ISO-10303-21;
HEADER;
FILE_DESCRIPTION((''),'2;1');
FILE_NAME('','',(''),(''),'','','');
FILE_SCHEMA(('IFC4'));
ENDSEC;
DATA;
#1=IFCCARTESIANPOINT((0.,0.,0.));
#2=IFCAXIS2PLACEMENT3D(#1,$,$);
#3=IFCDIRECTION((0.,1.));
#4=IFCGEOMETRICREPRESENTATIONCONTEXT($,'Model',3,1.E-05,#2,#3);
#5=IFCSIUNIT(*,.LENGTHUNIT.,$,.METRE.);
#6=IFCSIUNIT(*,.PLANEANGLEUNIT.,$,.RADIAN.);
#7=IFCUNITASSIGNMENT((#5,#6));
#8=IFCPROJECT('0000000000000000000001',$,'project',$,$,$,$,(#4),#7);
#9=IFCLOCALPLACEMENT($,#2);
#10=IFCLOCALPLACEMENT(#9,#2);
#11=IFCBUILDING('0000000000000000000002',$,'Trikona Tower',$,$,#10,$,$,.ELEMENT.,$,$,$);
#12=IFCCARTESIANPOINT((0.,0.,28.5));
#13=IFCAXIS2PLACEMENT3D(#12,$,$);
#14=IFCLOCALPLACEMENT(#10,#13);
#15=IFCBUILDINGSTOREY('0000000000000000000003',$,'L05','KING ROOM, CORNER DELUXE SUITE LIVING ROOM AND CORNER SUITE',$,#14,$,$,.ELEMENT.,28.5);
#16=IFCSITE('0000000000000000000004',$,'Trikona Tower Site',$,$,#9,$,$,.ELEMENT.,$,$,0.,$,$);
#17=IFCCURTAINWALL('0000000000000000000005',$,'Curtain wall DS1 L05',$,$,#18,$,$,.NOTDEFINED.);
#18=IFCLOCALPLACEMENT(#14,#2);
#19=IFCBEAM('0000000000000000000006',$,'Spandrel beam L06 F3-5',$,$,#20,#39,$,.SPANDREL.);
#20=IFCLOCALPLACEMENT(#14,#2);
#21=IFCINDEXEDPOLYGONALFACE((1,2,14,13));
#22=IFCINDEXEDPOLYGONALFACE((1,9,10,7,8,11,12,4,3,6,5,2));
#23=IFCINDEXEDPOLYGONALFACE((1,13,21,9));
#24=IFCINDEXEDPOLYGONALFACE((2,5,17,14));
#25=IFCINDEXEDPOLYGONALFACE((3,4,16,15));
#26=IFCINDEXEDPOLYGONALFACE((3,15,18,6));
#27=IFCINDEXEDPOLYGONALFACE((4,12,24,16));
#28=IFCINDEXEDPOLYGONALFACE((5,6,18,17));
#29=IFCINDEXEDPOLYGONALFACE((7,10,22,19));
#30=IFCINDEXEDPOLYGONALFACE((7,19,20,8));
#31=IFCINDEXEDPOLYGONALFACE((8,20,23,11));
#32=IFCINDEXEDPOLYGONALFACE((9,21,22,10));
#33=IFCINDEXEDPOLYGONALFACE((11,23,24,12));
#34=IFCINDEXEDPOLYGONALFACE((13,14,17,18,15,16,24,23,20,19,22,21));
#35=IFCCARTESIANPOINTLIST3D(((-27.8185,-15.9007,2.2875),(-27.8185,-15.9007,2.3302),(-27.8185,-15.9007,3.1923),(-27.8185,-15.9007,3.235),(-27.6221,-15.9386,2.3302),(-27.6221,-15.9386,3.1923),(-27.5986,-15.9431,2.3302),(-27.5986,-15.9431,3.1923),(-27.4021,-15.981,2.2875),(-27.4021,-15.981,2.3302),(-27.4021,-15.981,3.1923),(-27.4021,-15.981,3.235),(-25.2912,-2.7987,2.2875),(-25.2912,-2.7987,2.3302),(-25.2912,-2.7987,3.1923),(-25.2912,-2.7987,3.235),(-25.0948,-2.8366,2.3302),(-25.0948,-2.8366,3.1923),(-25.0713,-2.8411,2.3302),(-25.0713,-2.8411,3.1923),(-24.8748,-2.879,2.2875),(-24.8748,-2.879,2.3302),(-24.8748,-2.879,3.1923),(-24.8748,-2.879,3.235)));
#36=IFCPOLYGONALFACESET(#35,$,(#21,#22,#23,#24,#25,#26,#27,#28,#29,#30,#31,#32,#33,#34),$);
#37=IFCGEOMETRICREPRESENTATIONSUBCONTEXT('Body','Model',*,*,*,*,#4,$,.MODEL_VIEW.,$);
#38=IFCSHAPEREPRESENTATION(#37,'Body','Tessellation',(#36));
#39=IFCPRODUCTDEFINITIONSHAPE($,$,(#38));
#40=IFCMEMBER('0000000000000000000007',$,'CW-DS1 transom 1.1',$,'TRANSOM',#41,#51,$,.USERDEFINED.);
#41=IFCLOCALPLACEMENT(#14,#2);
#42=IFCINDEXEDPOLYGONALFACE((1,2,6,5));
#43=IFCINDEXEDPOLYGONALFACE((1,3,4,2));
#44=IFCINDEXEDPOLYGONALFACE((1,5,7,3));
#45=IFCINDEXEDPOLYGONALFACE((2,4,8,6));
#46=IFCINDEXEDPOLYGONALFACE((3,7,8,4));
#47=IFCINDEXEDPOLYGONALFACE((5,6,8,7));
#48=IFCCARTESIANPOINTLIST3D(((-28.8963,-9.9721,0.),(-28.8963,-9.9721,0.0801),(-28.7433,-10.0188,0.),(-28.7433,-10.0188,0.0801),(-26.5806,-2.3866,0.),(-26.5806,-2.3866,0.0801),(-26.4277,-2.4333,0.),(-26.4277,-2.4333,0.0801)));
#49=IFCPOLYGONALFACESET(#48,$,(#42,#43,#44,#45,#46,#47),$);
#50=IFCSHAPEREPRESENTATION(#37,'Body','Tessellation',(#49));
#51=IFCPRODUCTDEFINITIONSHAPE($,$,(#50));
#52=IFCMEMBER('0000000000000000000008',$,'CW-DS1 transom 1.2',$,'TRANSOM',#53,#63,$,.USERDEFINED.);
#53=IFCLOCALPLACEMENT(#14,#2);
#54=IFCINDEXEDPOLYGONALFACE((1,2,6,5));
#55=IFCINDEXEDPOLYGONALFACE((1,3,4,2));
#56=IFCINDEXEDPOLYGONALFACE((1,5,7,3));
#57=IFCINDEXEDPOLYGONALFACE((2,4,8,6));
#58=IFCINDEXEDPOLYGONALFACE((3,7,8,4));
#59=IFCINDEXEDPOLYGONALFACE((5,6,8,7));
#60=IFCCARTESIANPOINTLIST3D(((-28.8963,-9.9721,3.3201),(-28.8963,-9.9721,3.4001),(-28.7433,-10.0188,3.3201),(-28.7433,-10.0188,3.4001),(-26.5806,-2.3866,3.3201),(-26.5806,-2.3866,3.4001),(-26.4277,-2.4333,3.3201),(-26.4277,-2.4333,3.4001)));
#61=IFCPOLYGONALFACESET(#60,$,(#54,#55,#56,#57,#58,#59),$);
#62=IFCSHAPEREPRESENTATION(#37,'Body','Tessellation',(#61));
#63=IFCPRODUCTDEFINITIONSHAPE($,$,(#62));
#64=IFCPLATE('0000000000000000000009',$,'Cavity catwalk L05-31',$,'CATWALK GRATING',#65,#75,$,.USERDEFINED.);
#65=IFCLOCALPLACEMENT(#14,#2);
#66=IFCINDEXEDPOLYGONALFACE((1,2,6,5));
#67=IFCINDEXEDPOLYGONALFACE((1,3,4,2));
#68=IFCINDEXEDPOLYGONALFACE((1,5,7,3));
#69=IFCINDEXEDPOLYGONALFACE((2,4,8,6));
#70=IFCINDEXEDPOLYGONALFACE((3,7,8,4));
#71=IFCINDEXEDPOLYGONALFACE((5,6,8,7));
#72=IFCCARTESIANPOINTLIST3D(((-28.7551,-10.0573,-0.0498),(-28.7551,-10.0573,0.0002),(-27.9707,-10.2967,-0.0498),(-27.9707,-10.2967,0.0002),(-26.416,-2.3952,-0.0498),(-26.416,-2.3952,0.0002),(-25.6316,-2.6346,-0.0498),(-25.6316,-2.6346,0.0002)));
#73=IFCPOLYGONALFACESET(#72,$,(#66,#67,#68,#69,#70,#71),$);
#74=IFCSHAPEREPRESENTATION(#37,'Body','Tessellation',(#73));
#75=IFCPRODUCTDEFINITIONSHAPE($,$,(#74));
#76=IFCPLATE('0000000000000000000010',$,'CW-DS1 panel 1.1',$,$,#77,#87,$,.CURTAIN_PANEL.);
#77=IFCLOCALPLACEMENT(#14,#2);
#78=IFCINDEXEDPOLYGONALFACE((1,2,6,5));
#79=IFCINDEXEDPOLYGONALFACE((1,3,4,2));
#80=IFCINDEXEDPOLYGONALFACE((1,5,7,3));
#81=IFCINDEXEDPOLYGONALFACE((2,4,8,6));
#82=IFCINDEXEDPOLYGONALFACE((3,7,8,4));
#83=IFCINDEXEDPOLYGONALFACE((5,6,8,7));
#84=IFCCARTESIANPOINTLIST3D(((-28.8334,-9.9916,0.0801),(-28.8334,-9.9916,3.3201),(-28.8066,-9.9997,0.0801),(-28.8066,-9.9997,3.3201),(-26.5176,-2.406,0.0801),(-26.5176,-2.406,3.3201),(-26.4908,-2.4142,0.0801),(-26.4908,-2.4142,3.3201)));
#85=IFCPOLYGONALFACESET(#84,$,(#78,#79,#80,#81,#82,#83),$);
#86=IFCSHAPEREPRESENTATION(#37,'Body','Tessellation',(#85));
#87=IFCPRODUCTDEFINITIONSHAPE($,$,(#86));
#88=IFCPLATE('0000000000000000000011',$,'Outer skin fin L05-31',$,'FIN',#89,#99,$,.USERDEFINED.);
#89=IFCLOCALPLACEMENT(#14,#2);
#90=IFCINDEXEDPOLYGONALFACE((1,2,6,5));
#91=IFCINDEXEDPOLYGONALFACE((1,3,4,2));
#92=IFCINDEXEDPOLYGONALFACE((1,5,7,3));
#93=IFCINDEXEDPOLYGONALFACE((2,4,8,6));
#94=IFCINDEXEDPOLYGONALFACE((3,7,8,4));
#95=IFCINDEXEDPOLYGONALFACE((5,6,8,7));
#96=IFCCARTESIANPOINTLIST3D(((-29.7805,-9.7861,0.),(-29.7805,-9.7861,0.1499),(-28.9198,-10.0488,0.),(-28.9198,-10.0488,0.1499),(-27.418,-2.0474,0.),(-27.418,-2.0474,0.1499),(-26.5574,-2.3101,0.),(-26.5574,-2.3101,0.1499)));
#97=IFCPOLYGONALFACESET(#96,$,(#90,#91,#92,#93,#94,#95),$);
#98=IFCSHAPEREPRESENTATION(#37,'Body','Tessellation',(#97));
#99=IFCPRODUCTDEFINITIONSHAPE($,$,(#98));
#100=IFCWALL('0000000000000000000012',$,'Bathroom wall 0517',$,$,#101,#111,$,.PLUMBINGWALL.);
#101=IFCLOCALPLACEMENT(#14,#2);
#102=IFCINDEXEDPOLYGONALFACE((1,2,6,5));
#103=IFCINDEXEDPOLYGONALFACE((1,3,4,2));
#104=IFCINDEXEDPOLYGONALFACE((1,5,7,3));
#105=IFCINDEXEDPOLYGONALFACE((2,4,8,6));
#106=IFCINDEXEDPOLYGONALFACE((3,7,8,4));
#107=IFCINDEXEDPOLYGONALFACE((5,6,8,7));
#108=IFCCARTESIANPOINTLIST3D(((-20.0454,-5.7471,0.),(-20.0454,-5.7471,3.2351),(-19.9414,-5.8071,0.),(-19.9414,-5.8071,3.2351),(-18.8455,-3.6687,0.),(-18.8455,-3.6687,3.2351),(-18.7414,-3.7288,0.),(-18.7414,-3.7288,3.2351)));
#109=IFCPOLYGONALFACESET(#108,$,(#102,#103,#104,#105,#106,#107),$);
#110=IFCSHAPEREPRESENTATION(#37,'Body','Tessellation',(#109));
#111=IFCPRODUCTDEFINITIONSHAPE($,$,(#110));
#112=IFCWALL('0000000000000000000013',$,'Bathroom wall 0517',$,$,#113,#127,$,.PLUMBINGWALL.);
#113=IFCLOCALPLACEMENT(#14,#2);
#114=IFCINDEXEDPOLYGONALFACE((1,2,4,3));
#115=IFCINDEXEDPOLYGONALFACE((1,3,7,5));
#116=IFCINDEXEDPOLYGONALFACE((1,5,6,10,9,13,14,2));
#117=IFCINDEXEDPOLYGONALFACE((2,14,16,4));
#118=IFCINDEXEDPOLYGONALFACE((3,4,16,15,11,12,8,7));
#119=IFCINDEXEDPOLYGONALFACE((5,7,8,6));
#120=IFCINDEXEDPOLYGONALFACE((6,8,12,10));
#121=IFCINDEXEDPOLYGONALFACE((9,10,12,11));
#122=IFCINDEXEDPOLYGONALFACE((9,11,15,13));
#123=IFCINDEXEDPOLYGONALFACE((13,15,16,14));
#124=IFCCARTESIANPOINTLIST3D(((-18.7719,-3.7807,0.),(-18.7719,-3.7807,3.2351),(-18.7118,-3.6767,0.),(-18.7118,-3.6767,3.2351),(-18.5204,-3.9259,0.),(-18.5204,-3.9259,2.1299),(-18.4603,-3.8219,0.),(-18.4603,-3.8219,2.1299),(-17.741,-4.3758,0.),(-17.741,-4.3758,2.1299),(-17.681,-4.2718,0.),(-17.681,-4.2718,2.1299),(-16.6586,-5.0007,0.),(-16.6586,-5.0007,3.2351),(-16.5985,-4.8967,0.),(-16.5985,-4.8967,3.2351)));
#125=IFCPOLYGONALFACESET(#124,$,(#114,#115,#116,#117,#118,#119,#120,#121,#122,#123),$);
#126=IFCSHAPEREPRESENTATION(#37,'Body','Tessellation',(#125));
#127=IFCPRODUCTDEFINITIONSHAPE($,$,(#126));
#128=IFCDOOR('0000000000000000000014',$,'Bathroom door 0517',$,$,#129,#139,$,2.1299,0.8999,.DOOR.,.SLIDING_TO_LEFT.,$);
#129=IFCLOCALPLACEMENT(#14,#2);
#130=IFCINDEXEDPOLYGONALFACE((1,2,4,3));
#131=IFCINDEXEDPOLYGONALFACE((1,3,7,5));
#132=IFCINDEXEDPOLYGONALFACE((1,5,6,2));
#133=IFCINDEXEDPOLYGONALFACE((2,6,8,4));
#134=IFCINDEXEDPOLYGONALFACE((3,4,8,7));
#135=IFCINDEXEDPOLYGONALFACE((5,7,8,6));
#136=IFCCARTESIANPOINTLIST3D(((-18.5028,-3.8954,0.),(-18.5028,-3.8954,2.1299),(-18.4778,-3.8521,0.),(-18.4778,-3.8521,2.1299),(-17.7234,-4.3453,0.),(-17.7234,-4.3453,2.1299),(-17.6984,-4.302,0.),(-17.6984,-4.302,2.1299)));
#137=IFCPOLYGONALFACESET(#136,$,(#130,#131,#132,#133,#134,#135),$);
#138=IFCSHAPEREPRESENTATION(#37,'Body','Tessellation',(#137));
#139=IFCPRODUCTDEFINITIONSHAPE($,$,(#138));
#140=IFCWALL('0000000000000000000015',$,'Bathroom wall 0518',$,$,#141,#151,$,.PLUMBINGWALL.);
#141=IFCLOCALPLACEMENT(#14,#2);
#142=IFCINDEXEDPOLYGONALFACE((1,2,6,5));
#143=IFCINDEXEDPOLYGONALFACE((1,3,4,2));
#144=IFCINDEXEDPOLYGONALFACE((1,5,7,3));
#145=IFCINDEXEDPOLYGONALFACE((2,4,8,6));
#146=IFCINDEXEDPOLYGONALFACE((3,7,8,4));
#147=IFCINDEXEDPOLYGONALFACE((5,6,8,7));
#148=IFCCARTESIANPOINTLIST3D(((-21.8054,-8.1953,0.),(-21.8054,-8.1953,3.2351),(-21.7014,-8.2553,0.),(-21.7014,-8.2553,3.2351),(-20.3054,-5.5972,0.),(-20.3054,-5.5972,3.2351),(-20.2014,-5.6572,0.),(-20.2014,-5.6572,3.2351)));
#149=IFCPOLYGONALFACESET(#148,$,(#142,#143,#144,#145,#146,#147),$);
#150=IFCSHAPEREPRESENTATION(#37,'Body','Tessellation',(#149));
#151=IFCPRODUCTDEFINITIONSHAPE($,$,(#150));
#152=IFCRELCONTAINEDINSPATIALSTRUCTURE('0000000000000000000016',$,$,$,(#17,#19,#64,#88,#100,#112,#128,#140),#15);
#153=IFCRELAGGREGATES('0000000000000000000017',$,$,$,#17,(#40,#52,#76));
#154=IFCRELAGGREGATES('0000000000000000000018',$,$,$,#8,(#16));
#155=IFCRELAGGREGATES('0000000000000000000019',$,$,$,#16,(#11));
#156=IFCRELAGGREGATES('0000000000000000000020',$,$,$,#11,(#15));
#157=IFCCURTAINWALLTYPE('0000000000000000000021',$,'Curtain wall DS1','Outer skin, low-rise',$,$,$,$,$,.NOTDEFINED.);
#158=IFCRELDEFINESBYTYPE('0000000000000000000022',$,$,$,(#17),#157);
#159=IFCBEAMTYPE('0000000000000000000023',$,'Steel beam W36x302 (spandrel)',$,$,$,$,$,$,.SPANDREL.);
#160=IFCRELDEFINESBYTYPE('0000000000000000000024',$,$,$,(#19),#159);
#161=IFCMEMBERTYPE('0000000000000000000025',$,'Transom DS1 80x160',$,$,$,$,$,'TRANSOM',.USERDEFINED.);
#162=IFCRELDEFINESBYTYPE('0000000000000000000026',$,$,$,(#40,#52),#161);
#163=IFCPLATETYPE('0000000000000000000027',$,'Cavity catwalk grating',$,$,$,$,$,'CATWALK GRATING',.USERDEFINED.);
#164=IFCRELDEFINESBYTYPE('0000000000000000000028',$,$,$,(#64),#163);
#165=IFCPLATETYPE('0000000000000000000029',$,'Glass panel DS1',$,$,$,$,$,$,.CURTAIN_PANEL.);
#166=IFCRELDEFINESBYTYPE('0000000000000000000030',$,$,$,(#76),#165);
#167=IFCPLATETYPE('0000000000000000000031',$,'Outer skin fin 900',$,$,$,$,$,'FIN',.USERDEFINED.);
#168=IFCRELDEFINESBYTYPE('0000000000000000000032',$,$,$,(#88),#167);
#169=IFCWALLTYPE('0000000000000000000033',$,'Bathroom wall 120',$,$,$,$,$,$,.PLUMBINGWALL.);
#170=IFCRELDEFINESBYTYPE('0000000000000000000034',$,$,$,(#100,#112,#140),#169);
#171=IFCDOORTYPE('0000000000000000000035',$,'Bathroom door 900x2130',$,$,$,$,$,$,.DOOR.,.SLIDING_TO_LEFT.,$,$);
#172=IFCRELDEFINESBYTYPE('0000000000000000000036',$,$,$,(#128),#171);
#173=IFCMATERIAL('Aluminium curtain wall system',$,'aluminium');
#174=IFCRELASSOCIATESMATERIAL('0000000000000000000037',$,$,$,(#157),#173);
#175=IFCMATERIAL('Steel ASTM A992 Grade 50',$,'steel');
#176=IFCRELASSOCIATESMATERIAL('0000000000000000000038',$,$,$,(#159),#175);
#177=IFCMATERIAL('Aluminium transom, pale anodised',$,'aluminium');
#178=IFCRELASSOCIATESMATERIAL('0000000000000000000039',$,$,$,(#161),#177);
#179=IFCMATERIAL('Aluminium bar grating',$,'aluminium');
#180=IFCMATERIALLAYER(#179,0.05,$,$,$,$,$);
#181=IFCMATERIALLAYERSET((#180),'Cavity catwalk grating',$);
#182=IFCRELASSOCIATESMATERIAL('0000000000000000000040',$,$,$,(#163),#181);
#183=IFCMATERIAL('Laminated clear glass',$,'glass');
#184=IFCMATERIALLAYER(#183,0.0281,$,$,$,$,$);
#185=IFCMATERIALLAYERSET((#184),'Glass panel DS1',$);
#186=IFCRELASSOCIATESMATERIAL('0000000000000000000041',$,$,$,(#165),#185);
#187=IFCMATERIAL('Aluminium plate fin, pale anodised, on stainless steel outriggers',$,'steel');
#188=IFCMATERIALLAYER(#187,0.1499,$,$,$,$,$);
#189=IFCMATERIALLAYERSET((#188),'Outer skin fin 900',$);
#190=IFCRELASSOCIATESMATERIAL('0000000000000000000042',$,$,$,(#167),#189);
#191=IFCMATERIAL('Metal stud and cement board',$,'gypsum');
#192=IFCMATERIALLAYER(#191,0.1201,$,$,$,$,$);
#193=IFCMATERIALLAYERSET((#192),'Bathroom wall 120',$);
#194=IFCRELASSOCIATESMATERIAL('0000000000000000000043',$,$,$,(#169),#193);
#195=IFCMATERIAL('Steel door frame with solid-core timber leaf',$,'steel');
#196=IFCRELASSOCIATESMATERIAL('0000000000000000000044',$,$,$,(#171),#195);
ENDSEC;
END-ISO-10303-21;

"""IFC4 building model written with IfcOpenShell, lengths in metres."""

from ifc_helpers import new_model, si_unit, direction, frame, frame_2d, origin, origin_2d, place, context, subcontext, project, spatial, rectangle, i_section, extrude, material, layer, layer_set, material_profile, profile_set, type_object, element, fill, aggregate, save


model = new_model("IFC4")

# Units and contexts
model_context = context("Model", 3, precision=1e-05, world=origin(), true_north=direction((0.0, 1.0)))
body_context = subcontext(model_context, "Body", "Model", "MODEL_VIEW")
ifc_project = project(units=[si_unit("LENGTHUNIT", "METRE"), si_unit("PLANEANGLEUNIT", "RADIAN")], contexts=[model_context])

# Site, building, storey
site_placement = place(None, origin())
site = spatial("IfcSite", under=ifc_project, at=site_placement, Name="Trikona Tower Site", CompositionType="ELEMENT", RefElevation=0.0)
building_placement = place(site_placement, origin())
building = spatial("IfcBuilding", under=site, at=building_placement, Name="Trikona Tower", CompositionType="ELEMENT")
storey_placement = place(building_placement, frame((0.0, 0.0, 28.5)))
storey = spatial("IfcBuildingStorey", under=building, at=storey_placement, Name="L05", Description="KING ROOM, CORNER DELUXE SUITE LIVING ROOM AND CORNER SUITE", CompositionType="ELEMENT", Elevation=28.5)

# Shared definitions
ifc_material_1 = material(Name="Aluminium curtain wall system", Category="aluminium")
curtain_wall_type = type_object("IfcCurtainWallType", Name="Curtain wall DS1", Description="Outer skin, low-rise", PredefinedType="NOTDEFINED", material=ifc_material_1)

# Curtain wall
curtain_wall_1_placement = place(storey_placement, origin())
curtain_wall_1 = element("IfcCurtainWall", 1, at=curtain_wall_1_placement, inside=storey, type_object=curtain_wall_type, Name="Curtain wall DS1 L05", PredefinedType="NOTDEFINED")

# Beam
ifc_material_2 = material(Name="Steel ASTM A992 Grade 50", Category="steel")
ifc_material_profile_1 = material_profile(ifc_material_2, i_section(OverallWidth=0.4241, OverallDepth=0.9475, WebThickness=0.0239, FlangeThickness=0.0427, at=origin_2d()), Name="W36X302")
ifc_profile_set_1 = profile_set([ifc_material_profile_1], Name="Steel ASTM A992 Grade 50")
beam_type_1 = type_object("IfcBeamType", Name="Steel beam W36x302 (spandrel)", PredefinedType="SPANDREL", material=ifc_profile_set_1)
beam_1_placement = place(storey_placement, frame((-25.083, -2.8389, 2.7612), z_axis=(-0.189405, -0.981899, 0.0), x_axis=(0.981899, -0.189405, 0.0)))
element("IfcBeam", 2, at=beam_1_placement, inside=storey, type_object=beam_type_1, Name="Spandrel beam L06 F3-5", PredefinedType="SPANDREL", context=body_context, shape_type="SweptSolid", body=[
    extrude(i_section(OverallWidth=0.4241, OverallDepth=0.9475, WebThickness=0.0239, FlangeThickness=0.0427, at=origin_2d()), origin(), (0.0, 0.0, 1.0), 13.3435),
])

# Members
ifc_material_3 = material(Name="Aluminium transom, pale anodised", Category="aluminium")
ifc_material_profile_2 = material_profile(ifc_material_3, rectangle(XDim=0.1599, YDim=0.0801, at=origin_2d()), Name="TRN-DS1")
ifc_profile_set_2 = profile_set([ifc_material_profile_2], Name="Aluminium transom, pale anodised")
member_type_1 = type_object("IfcMemberType", Name="Transom DS1 80x160", ElementType="TRANSOM", PredefinedType="USERDEFINED", material=ifc_profile_set_2)
member_1_placement = place(storey_placement, frame((-26.5042, -2.4099, 0.04), z_axis=(-0.291967, -0.956428, 0.0), x_axis=(0.956428, -0.291967, 0.0)))
member_1 = element("IfcMember", 3, at=member_1_placement, type_object=member_type_1, Name="CW-DS1 transom 1.1", ObjectType="TRANSOM", PredefinedType="USERDEFINED", context=body_context, shape_type="SweptSolid", body=[
    extrude(rectangle(XDim=0.1599, YDim=0.0801, at=origin_2d()), origin(), (0.0, 0.0, 1.0), 7.9312),
])
member_2_placement = place(storey_placement, frame((-26.5042, -2.4099, 3.3601), z_axis=(-0.291967, -0.956428, 0.0), x_axis=(0.956428, -0.291967, 0.0)))
member_2 = element("IfcMember", 4, at=member_2_placement, type_object=member_type_1, Name="CW-DS1 transom 1.2", ObjectType="TRANSOM", PredefinedType="USERDEFINED", context=body_context, shape_type="SweptSolid", body=[
    extrude(rectangle(XDim=0.1599, YDim=0.0801, at=origin_2d()), origin(), (0.0, 0.0, 1.0), 7.9312),
])

# Plates
ifc_material_4 = material(Name="Aluminium bar grating", Category="aluminium")
ifc_layer_1 = layer(ifc_material_4, 0.05)
ifc_layer_set_1 = layer_set([ifc_layer_1], Name="Cavity catwalk grating")
plate_type_1 = type_object("IfcPlateType", Name="Cavity catwalk grating", ElementType="CATWALK GRATING", PredefinedType="USERDEFINED", material=ifc_layer_set_1)
plate_1_placement = place(storey_placement, frame((-27.1934, -6.3459, -0.0498), z_axis=(0.0, 0.0, 1.0), x_axis=(-0.291979, -0.956425, 0.0)))
element("IfcPlate", 5, at=plate_1_placement, inside=storey, type_object=plate_type_1, Name="Cavity catwalk L05-31", ObjectType="CATWALK GRATING", PredefinedType="USERDEFINED", context=body_context, shape_type="SweptSolid", body=[
    extrude(rectangle(XDim=8.0112, YDim=0.8201, at=origin_2d()), origin(), (0.0, 0.0, 1.0), 0.05),
])
ifc_material_5 = material(Name="Laminated clear glass", Category="glass")
ifc_layer_2 = layer(ifc_material_5, 0.0281)
ifc_layer_set_2 = layer_set([ifc_layer_2], Name="Glass panel DS1")
plate_type_2 = type_object("IfcPlateType", Name="Glass panel DS1", PredefinedType="CURTAIN_PANEL", material=ifc_layer_set_2)
plate_2_placement = place(storey_placement, frame((-27.6621, -6.2029, 0.0801), z_axis=(0.0, 0.0, 1.0), x_axis=(-0.291984, -0.956423, 0.0)))
plate_2 = element("IfcPlate", 6, at=plate_2_placement, type_object=plate_type_2, Name="CW-DS1 panel 1.1", PredefinedType="CURTAIN_PANEL", context=body_context, shape_type="SweptSolid", body=[
    extrude(rectangle(XDim=7.9312, YDim=0.0281, at=origin_2d()), origin(), (0.0, 0.0, 1.0), 3.24),
])
aggregate(curtain_wall_1, [member_1, member_2, plate_2])
ifc_material_6 = material(Name="Aluminium plate fin, pale anodised, on stainless steel outriggers", Category="steel")
ifc_layer_3 = layer(ifc_material_6, 0.1499)
ifc_layer_set_3 = layer_set([ifc_layer_3], Name="Outer skin fin 900")
plate_type_3 = type_object("IfcPlateType", Name="Outer skin fin 900", ElementType="FIN", PredefinedType="USERDEFINED", material=ifc_layer_set_3)
plate_3_placement = place(storey_placement, frame((-28.1689, -6.0481, 0.0), z_axis=(0.0, 0.0, 1.0), x_axis=(-0.291979, -0.956425, 0.0)))
element("IfcPlate", 7, at=plate_3_placement, inside=storey, type_object=plate_type_3, Name="Outer skin fin L05-31", ObjectType="FIN", PredefinedType="USERDEFINED", context=body_context, shape_type="SweptSolid", body=[
    extrude(rectangle(XDim=8.0913, YDim=0.8999, at=origin_2d()), origin(), (0.0, 0.0, 1.0), 0.1499),
])

# Wall
ifc_material_7 = material(Name="Metal stud and cement board", Category="gypsum")
ifc_layer_4 = layer(ifc_material_7, 0.1201)
ifc_layer_set_4 = layer_set([ifc_layer_4], Name="Bathroom wall 120")
wall_type_1 = type_object("IfcWallType", Name="Bathroom wall 120", PredefinedType="PLUMBINGWALL", material=ifc_layer_set_4)
wall_1_placement = place(storey_placement, frame((-18.7935, -3.6987, 0.0), z_axis=(0.0, 0.0, 1.0), x_axis=(-0.500001, -0.866025, 0.0)))
element("IfcWall", 8, at=wall_1_placement, inside=storey, type_object=wall_type_1, Name="Bathroom wall 0517", PredefinedType="PLUMBINGWALL", context=body_context, shape_type="SweptSolid", body=[
    extrude(rectangle(XDim=2.3999, YDim=0.1201, at=frame_2d((1.2, 0.0))), origin(), (0.0, 0.0, 1.0), 3.2351),
])

# Wall, opening, door
wall_2_placement = place(storey_placement, frame((-16.6284, -4.9487, 0.0), z_axis=(0.0, 0.0, 1.0), x_axis=(-0.866049, 0.499959, 0.0)))
wall_2 = element("IfcWall", 9, at=wall_2_placement, inside=storey, type_object=wall_type_1, Name="Bathroom wall 0517", PredefinedType="PLUMBINGWALL", context=body_context, shape_type="SweptSolid", body=[
    extrude(rectangle(XDim=2.4402, YDim=0.1201, at=frame_2d((1.2202, 0.0))), origin(), (0.0, 0.0, 1.0), 3.2351),
])
opening_1_placement = place(wall_2_placement, frame((1.25, 0.0, 0.0)))
opening_1 = element("IfcOpeningElement", 10, at=opening_1_placement, cuts=wall_2, PredefinedType="OPENING", context=body_context, shape_type="SweptSolid", body=[
    extrude(rectangle(XDim=0.8999, YDim=2.1299, at=frame_2d((0.45, 1.0649))), frame((0.0, 0.0701, 0.0), z_axis=(0.0, -1.0, 0.0), x_axis=(1.0, 0.0, 0.0)), (0.0, 0.0, 1.0), 0.1401),
])
ifc_material_8 = material(Name="Steel door frame with solid-core timber leaf", Category="steel")
door_type_1 = type_object("IfcDoorType", Name="Bathroom door 900x2130", OperationType="SLIDING_TO_LEFT", PredefinedType="DOOR", material=ifc_material_8)
door_1_placement = place(opening_1_placement, origin())
door_1 = element("IfcDoor", 11, at=door_1_placement, inside=storey, type_object=door_type_1, Name="Bathroom door 0517", OperationType="SLIDING_TO_LEFT", OverallHeight=2.1299, OverallWidth=0.8999, PredefinedType="DOOR", context=body_context, shape_type="SweptSolid", body=[
    extrude(rectangle(XDim=0.8999, YDim=2.1299, at=frame_2d((0.45, 1.0649))), frame((0.0, 0.0249, 0.0), z_axis=(0.0, -1.0, 0.0), x_axis=(1.0, 0.0, 0.0)), (0.0, 0.0, 1.0), 0.05),
])
fill(opening_1, door_1)

# Wall
wall_3_placement = place(storey_placement, frame((-20.2534, -5.6272, 0.0), z_axis=(0.0, 0.0, 1.0), x_axis=(-0.49999, -0.866031, 0.0)))
element("IfcWall", 12, at=wall_3_placement, inside=storey, type_object=wall_type_1, Name="Bathroom wall 0518", PredefinedType="PLUMBINGWALL", context=body_context, shape_type="SweptSolid", body=[
    extrude(rectangle(XDim=3.0, YDim=0.1201, at=frame_2d((1.5, 0.0))), origin(), (0.0, 0.0, 1.0), 3.2351),
])

save(model, "model.ifc")
